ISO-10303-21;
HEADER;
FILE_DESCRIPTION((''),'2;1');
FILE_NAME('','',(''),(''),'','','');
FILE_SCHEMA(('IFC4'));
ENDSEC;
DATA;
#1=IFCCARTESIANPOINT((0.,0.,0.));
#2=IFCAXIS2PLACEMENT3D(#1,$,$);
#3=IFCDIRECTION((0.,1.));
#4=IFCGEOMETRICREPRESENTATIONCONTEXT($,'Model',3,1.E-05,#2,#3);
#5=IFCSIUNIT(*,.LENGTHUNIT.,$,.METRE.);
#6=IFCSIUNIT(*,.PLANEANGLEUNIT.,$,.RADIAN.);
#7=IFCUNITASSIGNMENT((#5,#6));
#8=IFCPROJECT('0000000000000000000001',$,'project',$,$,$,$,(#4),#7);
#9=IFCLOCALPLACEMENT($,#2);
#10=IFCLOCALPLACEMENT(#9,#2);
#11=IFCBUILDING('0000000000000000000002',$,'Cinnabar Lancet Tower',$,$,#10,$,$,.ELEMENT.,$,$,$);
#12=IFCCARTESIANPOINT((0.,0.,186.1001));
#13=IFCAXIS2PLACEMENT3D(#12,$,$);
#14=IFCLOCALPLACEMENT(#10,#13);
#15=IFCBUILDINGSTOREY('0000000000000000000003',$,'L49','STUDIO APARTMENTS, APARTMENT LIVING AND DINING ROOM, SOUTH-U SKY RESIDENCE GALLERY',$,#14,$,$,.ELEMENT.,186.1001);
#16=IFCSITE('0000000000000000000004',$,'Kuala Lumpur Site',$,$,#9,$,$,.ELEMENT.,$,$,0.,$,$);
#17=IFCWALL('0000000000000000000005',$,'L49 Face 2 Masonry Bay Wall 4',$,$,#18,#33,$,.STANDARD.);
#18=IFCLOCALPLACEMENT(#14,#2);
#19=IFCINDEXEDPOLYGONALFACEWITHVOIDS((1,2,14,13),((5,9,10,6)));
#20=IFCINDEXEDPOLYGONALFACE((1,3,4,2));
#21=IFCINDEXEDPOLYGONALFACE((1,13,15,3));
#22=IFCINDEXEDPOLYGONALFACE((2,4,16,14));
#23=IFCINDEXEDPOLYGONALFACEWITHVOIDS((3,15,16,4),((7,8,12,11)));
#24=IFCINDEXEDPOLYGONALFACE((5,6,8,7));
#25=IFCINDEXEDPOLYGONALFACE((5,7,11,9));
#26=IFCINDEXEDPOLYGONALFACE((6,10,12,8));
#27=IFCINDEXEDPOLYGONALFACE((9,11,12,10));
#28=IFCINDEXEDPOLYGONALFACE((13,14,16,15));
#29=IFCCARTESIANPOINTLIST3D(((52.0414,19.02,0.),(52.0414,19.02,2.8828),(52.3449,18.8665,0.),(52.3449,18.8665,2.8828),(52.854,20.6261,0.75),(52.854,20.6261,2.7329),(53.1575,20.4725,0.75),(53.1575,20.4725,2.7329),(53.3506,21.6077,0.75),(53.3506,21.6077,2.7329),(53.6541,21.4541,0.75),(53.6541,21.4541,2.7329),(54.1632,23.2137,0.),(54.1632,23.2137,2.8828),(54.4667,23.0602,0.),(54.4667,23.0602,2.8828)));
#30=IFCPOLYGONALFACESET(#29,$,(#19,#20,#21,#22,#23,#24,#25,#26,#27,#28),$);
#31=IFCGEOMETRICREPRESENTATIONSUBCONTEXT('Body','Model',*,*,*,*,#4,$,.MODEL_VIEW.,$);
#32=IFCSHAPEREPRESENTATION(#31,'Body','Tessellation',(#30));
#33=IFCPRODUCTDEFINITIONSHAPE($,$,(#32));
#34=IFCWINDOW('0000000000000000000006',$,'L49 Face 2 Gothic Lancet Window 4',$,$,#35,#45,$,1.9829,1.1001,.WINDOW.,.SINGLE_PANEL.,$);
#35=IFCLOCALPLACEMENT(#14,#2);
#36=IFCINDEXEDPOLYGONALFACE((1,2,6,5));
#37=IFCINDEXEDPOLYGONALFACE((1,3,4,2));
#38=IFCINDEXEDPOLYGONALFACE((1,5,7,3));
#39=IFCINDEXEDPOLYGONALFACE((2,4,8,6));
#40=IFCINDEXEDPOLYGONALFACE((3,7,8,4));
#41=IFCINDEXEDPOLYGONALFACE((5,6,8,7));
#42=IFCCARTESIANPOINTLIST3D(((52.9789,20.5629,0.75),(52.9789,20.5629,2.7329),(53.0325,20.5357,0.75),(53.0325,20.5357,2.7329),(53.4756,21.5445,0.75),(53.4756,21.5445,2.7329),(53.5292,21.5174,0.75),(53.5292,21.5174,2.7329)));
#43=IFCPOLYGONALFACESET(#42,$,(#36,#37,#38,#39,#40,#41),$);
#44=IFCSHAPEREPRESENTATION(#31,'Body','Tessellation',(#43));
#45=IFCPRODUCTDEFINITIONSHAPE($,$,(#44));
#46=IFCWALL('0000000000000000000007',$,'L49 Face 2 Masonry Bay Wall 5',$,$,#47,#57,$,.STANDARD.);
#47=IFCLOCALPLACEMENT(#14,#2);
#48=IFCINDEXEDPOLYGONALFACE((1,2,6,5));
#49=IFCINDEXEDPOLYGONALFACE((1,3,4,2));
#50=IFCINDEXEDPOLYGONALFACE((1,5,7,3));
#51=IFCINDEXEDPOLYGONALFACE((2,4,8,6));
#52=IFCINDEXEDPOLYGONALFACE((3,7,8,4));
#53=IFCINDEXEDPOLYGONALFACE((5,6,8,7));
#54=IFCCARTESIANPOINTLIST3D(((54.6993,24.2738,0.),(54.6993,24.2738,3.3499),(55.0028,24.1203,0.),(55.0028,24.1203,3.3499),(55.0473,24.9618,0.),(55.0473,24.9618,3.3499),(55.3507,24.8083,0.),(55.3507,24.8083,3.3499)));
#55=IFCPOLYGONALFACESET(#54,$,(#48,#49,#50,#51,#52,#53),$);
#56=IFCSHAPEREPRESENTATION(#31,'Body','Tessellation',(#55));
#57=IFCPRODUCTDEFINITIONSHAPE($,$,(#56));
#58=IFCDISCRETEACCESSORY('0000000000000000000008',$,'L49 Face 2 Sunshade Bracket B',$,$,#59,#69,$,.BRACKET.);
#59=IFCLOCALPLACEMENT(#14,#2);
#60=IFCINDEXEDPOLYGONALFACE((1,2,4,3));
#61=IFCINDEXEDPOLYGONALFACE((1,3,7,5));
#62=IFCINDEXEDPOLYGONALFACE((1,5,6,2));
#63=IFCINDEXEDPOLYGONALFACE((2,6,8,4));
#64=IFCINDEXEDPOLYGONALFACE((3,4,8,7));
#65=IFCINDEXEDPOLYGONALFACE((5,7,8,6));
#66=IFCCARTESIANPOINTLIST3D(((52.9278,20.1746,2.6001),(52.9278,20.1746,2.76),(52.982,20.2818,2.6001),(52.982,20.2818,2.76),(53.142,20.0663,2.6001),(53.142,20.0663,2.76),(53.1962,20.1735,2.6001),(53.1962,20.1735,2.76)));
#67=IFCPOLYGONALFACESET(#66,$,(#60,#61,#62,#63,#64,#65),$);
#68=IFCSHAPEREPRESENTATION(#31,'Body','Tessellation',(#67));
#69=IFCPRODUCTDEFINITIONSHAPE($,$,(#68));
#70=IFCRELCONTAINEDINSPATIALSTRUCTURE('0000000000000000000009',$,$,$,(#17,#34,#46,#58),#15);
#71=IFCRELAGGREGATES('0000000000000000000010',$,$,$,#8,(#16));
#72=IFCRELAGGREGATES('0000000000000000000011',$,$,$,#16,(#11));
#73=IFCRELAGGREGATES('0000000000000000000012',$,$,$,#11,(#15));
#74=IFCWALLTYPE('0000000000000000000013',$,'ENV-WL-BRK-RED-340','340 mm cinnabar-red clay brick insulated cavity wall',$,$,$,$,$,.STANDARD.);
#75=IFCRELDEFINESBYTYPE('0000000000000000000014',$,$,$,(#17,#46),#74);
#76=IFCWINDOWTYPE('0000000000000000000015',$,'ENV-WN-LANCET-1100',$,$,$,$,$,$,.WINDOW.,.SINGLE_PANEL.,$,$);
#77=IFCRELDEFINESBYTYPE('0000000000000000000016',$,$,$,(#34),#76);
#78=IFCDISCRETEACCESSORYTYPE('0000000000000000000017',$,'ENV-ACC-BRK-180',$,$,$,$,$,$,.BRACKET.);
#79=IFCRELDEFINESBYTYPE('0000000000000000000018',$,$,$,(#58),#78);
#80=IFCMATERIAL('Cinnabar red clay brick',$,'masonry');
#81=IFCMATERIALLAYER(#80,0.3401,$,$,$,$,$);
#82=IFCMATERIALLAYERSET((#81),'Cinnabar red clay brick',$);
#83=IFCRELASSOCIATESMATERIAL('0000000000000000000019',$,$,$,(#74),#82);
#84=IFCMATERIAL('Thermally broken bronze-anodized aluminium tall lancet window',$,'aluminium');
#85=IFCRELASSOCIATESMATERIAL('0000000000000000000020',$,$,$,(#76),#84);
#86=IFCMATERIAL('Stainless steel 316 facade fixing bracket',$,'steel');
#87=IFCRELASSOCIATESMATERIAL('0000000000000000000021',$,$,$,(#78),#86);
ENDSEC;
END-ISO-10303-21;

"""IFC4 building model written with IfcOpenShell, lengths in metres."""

from ifc_helpers import new_model, si_unit, direction, frame, frame_2d, origin, origin_2d, place, context, subcontext, project, spatial, rectangle, extrude, material, layer, layer_set, type_object, element, fill, save


model = new_model("IFC4")

# Units and contexts
model_context = context("Model", 3, precision=1e-05, world=origin(), true_north=direction((0.0, 1.0)))
body_context = subcontext(model_context, "Body", "Model", "MODEL_VIEW")
ifc_project = project(units=[si_unit("LENGTHUNIT", "METRE"), si_unit("PLANEANGLEUNIT", "RADIAN")], contexts=[model_context])

# Site, building, storey
site_placement = place(None, origin())
site = spatial("IfcSite", under=ifc_project, at=site_placement, Name="Kuala Lumpur Site", CompositionType="ELEMENT", RefElevation=0.0)
building_placement = place(site_placement, origin())
building = spatial("IfcBuilding", under=site, at=building_placement, Name="Cinnabar Lancet Tower", CompositionType="ELEMENT")
storey_placement = place(building_placement, frame((0.0, 0.0, 186.1001)))
storey = spatial("IfcBuildingStorey", under=building, at=storey_placement, Name="L49", Description="STUDIO APARTMENTS, APARTMENT LIVING AND DINING ROOM, SOUTH-U SKY RESIDENCE GALLERY", CompositionType="ELEMENT", Elevation=186.1001)

# Wall, opening, window
ifc_material_1 = material(Name="Cinnabar red clay brick", Category="masonry")
ifc_layer_1 = layer(ifc_material_1, 0.3401)
ifc_layer_set_1 = layer_set([ifc_layer_1], Name="Cinnabar red clay brick")
wall_type_1 = type_object("IfcWallType", Name="ENV-WL-BRK-RED-340", Description="340 mm cinnabar-red clay brick insulated cavity wall", PredefinedType="STANDARD", material=ifc_layer_set_1)
ifc_material_2 = material(Name="Thermally broken bronze-anodized aluminium tall lancet window", Category="aluminium")
window_type = type_object("IfcWindowType", Name="ENV-WN-LANCET-1100", PartitioningType="SINGLE_PANEL", PredefinedType="WINDOW", material=ifc_material_2)
wall_1_placement = place(storey_placement, frame((52.1931, 18.9431, 0.0), z_axis=(0.0, 0.0, 1.0), x_axis=(0.451447, 0.892298, 0.0)))
wall_1 = element("IfcWall", 1, at=wall_1_placement, inside=storey, type_object=wall_type_1, Name="L49 Face 2 Masonry Bay Wall 4", PredefinedType="STANDARD", context=body_context, shape_type="SweptSolid", body=[
    extrude(rectangle(XDim=4.7, YDim=0.3401, at=frame_2d((2.3501, 0.0))), origin(), (0.0, 0.0, 1.0), 2.8828),
])
opening_1_placement = place(wall_1_placement, frame((1.8, 0.0, 0.75)))
opening_1 = element("IfcOpeningElement", 2, at=opening_1_placement, cuts=wall_1, PredefinedType="OPENING", context=body_context, shape_type="SweptSolid", body=[
    extrude(rectangle(XDim=1.1001, YDim=1.9829, at=frame_2d((0.55, 0.9915))), frame((0.0, 0.1799, 0.0), z_axis=(0.0, -1.0, 0.0), x_axis=(1.0, 0.0, 0.0)), (0.0, 0.0, 1.0), 0.3601),
])
window_1_placement = place(opening_1_placement, origin())
window_1 = element("IfcWindow", 3, at=window_1_placement, inside=storey, type_object=window_type, Name="L49 Face 2 Gothic Lancet Window 4", OverallHeight=1.9829, OverallWidth=1.1001, PartitioningType="SINGLE_PANEL", PredefinedType="WINDOW", context=body_context, shape_type="SweptSolid", body=[
    extrude(rectangle(XDim=1.1001, YDim=1.9829, at=frame_2d((0.55, 0.9915))), frame((0.0, 0.03, 0.0), z_axis=(0.0, -1.0, 0.0), x_axis=(1.0, 0.0, 0.0)), (0.0, 0.0, 1.0), 0.0601),
])
fill(opening_1, window_1)

# Wall
wall_2_placement = place(storey_placement, frame((54.8511, 24.197, 0.0), z_axis=(0.0, 0.0, 1.0), x_axis=(0.451262, 0.892391, 0.0)))
element("IfcWall", 4, at=wall_2_placement, inside=storey, type_object=wall_type_1, Name="L49 Face 2 Masonry Bay Wall 5", PredefinedType="STANDARD", context=body_context, shape_type="SweptSolid", body=[
    extrude(rectangle(XDim=0.771, YDim=0.3401, at=frame_2d((0.3855, 0.0))), origin(), (0.0, 0.0, 1.0), 3.3499),
])

# Discrete accessory
ifc_material_3 = material(Name="Stainless steel 316 facade fixing bracket", Category="steel")
discrete_accessory_type = type_object("IfcDiscreteAccessoryType", Name="ENV-ACC-BRK-180", PredefinedType="BRACKET", material=ifc_material_3)
discrete_accessory_placement = place(storey_placement, frame((53.062, 20.1741, 2.6001), z_axis=(0.0, 0.0, 1.0), x_axis=(0.451407, 0.892318, 0.0)))
element("IfcDiscreteAccessory", 5, at=discrete_accessory_placement, inside=storey, type_object=discrete_accessory_type, Name="L49 Face 2 Sunshade Bracket B", PredefinedType="BRACKET", context=body_context, shape_type="SweptSolid", body=[
    extrude(rectangle(XDim=0.1201, YDim=0.24, at=origin_2d()), origin(), (0.0, 0.0, 1.0), 0.1599),
])

save(model, "model.ifc")
